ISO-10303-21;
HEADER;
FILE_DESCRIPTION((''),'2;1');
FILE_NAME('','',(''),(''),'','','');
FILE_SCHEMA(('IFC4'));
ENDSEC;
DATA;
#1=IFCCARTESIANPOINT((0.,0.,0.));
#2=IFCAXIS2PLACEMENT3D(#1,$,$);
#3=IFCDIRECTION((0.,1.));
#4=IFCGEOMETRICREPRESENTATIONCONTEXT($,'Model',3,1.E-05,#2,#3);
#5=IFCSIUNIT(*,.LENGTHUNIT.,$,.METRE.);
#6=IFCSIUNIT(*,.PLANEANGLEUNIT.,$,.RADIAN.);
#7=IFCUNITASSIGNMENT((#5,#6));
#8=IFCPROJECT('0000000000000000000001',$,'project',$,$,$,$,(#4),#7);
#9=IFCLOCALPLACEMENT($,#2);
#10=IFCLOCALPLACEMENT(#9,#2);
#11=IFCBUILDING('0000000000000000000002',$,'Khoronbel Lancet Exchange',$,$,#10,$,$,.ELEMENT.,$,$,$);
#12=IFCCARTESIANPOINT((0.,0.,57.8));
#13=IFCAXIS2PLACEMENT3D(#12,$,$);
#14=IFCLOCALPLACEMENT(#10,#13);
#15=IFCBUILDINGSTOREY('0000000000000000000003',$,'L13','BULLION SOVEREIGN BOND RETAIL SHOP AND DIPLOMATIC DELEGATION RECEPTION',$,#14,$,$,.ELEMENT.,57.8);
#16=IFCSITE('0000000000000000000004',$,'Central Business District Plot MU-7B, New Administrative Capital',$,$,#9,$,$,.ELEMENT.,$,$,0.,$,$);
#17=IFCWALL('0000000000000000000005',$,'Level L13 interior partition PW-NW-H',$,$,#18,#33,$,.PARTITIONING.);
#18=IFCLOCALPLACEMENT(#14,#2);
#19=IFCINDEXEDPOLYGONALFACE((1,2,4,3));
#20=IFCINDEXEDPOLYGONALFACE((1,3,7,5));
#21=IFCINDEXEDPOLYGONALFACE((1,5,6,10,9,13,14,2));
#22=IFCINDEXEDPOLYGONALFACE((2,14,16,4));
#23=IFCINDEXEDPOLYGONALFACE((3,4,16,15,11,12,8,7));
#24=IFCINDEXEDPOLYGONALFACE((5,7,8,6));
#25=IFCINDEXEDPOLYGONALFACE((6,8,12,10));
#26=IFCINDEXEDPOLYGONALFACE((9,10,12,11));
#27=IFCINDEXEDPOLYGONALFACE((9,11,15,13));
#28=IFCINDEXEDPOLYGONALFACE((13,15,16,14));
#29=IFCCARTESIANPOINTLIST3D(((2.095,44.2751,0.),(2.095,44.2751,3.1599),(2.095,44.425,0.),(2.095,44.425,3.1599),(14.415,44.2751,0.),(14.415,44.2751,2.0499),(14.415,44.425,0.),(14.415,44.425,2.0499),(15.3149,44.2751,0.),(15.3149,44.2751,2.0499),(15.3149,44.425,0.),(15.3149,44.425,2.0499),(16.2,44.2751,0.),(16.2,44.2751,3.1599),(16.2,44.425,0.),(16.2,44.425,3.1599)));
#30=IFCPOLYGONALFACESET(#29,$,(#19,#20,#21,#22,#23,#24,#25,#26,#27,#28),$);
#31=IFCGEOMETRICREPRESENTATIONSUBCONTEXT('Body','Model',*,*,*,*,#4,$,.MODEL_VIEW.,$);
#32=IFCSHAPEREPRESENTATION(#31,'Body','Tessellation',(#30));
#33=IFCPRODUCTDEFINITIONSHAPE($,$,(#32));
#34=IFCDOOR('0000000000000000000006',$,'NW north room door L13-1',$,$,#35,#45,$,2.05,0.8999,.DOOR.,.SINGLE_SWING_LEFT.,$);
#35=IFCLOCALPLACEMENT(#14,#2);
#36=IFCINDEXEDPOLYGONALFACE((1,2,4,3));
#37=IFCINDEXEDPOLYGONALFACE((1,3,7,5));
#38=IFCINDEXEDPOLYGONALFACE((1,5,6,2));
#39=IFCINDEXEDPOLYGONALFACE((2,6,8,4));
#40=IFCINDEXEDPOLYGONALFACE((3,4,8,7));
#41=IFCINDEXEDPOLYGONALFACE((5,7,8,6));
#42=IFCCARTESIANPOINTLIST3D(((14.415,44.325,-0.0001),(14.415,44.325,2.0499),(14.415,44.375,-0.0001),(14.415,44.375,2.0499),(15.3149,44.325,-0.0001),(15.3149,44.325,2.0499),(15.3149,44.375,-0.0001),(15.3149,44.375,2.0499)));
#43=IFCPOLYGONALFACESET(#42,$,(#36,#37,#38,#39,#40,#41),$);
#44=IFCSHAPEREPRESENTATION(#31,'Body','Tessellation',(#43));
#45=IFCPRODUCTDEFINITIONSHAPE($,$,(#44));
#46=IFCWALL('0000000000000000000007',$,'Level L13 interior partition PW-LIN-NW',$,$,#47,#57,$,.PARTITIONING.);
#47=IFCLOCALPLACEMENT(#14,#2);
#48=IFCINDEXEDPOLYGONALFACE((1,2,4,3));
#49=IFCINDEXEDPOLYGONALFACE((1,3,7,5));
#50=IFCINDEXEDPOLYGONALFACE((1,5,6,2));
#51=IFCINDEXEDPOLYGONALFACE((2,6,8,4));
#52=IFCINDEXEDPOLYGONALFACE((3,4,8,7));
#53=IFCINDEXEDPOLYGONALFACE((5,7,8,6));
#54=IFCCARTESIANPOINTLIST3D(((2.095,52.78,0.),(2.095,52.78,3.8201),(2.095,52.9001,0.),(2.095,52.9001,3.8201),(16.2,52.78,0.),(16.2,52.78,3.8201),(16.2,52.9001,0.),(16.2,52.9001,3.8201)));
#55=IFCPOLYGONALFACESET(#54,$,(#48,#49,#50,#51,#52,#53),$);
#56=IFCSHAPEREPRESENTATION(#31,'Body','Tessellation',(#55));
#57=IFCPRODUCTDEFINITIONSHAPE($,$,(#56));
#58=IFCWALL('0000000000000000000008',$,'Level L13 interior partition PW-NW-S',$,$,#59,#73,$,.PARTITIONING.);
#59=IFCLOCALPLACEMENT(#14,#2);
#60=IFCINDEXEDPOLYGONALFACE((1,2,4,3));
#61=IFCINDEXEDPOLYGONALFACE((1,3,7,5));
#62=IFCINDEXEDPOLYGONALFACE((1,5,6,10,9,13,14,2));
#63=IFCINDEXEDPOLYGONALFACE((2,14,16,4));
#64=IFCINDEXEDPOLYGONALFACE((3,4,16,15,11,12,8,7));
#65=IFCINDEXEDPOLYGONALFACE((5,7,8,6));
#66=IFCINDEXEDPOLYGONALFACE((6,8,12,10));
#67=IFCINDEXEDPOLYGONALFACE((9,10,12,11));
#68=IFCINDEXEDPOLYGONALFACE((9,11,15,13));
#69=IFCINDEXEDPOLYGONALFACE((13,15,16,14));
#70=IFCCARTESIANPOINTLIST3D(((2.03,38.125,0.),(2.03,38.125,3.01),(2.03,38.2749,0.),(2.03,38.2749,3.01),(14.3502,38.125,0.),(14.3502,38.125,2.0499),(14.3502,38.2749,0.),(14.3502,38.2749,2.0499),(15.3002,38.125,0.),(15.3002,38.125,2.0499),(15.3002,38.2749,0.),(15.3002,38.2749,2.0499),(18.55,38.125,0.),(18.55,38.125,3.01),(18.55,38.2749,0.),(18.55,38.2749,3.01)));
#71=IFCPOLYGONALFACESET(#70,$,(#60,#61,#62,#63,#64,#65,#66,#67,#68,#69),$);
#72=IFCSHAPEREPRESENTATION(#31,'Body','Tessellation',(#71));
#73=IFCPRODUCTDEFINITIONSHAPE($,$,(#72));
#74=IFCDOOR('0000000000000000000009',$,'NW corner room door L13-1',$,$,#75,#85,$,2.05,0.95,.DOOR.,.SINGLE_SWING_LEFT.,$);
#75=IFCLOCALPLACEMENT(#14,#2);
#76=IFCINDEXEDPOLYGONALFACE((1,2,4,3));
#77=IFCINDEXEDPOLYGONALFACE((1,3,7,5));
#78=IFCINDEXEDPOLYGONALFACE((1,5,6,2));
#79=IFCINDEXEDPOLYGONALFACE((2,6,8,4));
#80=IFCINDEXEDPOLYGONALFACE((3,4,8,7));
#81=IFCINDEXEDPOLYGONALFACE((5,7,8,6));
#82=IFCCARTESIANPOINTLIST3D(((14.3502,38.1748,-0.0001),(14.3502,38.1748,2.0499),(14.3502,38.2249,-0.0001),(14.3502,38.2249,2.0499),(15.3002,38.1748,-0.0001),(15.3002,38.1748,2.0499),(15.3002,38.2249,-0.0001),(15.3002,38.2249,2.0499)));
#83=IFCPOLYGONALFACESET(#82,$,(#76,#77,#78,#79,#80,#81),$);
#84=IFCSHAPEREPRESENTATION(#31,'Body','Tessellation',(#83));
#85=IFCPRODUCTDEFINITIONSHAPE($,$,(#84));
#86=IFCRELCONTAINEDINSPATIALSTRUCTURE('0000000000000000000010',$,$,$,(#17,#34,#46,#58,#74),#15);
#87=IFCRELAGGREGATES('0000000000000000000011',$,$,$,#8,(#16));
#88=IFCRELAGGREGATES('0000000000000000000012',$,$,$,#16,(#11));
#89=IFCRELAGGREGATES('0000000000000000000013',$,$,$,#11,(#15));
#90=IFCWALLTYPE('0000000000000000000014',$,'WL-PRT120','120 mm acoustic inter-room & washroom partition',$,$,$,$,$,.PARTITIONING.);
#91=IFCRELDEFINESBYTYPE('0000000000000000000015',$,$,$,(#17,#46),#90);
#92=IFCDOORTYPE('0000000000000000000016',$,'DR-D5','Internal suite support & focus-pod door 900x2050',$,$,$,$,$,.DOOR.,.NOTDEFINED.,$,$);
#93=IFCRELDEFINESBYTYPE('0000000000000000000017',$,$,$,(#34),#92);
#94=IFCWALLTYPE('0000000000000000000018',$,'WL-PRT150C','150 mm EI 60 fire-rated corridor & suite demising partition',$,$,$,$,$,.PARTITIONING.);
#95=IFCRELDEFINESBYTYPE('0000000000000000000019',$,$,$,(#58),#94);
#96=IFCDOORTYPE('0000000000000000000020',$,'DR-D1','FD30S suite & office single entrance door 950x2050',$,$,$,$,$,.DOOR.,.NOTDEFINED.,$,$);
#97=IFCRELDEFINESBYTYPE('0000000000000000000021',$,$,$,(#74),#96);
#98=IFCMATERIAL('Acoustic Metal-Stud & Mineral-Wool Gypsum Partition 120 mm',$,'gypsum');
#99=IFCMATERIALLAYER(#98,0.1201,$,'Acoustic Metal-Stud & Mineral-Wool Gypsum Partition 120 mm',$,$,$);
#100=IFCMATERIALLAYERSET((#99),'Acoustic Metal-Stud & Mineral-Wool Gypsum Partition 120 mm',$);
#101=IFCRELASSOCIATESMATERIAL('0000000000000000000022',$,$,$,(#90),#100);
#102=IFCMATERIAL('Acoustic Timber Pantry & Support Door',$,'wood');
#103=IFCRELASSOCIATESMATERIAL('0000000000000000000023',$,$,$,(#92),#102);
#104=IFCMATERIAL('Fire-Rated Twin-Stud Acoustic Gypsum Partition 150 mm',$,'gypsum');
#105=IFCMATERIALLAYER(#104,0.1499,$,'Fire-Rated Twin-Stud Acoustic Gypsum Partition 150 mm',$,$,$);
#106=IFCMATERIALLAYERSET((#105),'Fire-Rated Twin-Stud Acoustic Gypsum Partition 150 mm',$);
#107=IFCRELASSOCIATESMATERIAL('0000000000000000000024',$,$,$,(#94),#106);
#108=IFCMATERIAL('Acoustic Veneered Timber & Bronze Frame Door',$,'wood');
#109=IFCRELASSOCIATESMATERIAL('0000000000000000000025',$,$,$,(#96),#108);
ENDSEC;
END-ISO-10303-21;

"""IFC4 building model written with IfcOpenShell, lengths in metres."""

from ifc_helpers import new_model, si_unit, direction, frame, frame_2d, origin, place, context, subcontext, project, spatial, rectangle, extrude, material, layer, layer_set, type_object, element, fill, save


model = new_model("IFC4")

# Units and contexts
model_context = context("Model", 3, precision=1e-05, world=origin(), true_north=direction((0.0, 1.0)))
body_context = subcontext(model_context, "Body", "Model", "MODEL_VIEW")
ifc_project = project(units=[si_unit("LENGTHUNIT", "METRE"), si_unit("PLANEANGLEUNIT", "RADIAN")], contexts=[model_context])

# Site, building, storey
site_placement = place(None, origin())
site = spatial("IfcSite", under=ifc_project, at=site_placement, Name="Central Business District Plot MU-7B, New Administrative Capital", CompositionType="ELEMENT", RefElevation=0.0)
building_placement = place(site_placement, origin())
building = spatial("IfcBuilding", under=site, at=building_placement, Name="Khoronbel Lancet Exchange", CompositionType="ELEMENT")
storey_placement = place(building_placement, frame((0.0, 0.0, 57.8)))
storey = spatial("IfcBuildingStorey", under=building, at=storey_placement, Name="L13", Description="BULLION SOVEREIGN BOND RETAIL SHOP AND DIPLOMATIC DELEGATION RECEPTION", CompositionType="ELEMENT", Elevation=57.8)

# Wall, opening, door
ifc_material_1 = material(Name="Acoustic Metal-Stud & Mineral-Wool Gypsum Partition 120 mm", Category="gypsum")
ifc_layer_1 = layer(ifc_material_1, 0.1201, Name="Acoustic Metal-Stud & Mineral-Wool Gypsum Partition 120 mm")
ifc_layer_set_1 = layer_set([ifc_layer_1], Name="Acoustic Metal-Stud & Mineral-Wool Gypsum Partition 120 mm")
wall_type_1 = type_object("IfcWallType", Name="WL-PRT120", Description="120 mm acoustic inter-room & washroom partition", PredefinedType="PARTITIONING", material=ifc_layer_set_1)
wall_1_placement = place(storey_placement, frame((2.095, 44.3501, 0.0), z_axis=(0.0, 0.0, 1.0), x_axis=(1.0, 0.0, 0.0)))
wall_1 = element("IfcWall", 1, at=wall_1_placement, inside=storey, type_object=wall_type_1, Name="Level L13 interior partition PW-NW-H", PredefinedType="PARTITIONING", context=body_context, shape_type="SweptSolid", body=[
    extrude(rectangle(XDim=14.105, YDim=0.1499, at=frame_2d((7.0525, 0.0))), origin(), (0.0, 0.0, 1.0), 3.1599),
])
opening_1_placement = place(wall_1_placement, frame((12.3201, 0.0, 0.0)))
opening_1 = element("IfcOpeningElement", 2, at=opening_1_placement, cuts=wall_1, PredefinedType="OPENING", context=body_context, shape_type="SweptSolid", body=[
    extrude(rectangle(XDim=0.8999, YDim=2.05, at=frame_2d((0.45, 1.0249))), frame((0.0, 0.085, 0.0), z_axis=(0.0, -1.0, 0.0), x_axis=(1.0, 0.0, 0.0)), (0.0, 0.0, 1.0), 0.1699),
])
ifc_material_2 = material(Name="Acoustic Timber Pantry & Support Door", Category="wood")
door_type_1 = type_object("IfcDoorType", Name="DR-D5", Description="Internal suite support & focus-pod door 900x2050", OperationType="NOTDEFINED", PredefinedType="DOOR", material=ifc_material_2)
door_1_placement = place(opening_1_placement, origin())
door_1 = element("IfcDoor", 3, at=door_1_placement, inside=storey, type_object=door_type_1, Name="NW north room door L13-1", OperationType="SINGLE_SWING_LEFT", OverallHeight=2.05, OverallWidth=0.8999, PredefinedType="DOOR", context=body_context, shape_type="SweptSolid", body=[
    extrude(rectangle(XDim=0.8999, YDim=2.05, at=frame_2d((0.45, 1.0249))), frame((0.0, 0.0249, 0.0), z_axis=(0.0, -1.0, 0.0), x_axis=(1.0, 0.0, 0.0)), (0.0, 0.0, 1.0), 0.05),
])
fill(opening_1, door_1)

# Wall
wall_2_placement = place(storey_placement, frame((2.095, 52.8401, 0.0), z_axis=(0.0, 0.0, 1.0), x_axis=(1.0, 0.0, 0.0)))
element("IfcWall", 4, at=wall_2_placement, inside=storey, type_object=wall_type_1, Name="Level L13 interior partition PW-LIN-NW", PredefinedType="PARTITIONING", context=body_context, shape_type="SweptSolid", body=[
    extrude(rectangle(XDim=14.105, YDim=0.1201, at=frame_2d((7.0525, 0.0))), origin(), (0.0, 0.0, 1.0), 3.8201),
])

# Wall, opening, door
ifc_material_3 = material(Name="Fire-Rated Twin-Stud Acoustic Gypsum Partition 150 mm", Category="gypsum")
ifc_layer_2 = layer(ifc_material_3, 0.1499, Name="Fire-Rated Twin-Stud Acoustic Gypsum Partition 150 mm")
ifc_layer_set_2 = layer_set([ifc_layer_2], Name="Fire-Rated Twin-Stud Acoustic Gypsum Partition 150 mm")
wall_type_2 = type_object("IfcWallType", Name="WL-PRT150C", Description="150 mm EI 60 fire-rated corridor & suite demising partition", PredefinedType="PARTITIONING", material=ifc_layer_set_2)
wall_3_placement = place(storey_placement, frame((2.03, 38.2, 0.0), z_axis=(0.0, 0.0, 1.0), x_axis=(1.0, 0.0, 0.0)))
wall_3 = element("IfcWall", 5, at=wall_3_placement, inside=storey, type_object=wall_type_2, Name="Level L13 interior partition PW-NW-S", PredefinedType="PARTITIONING", context=body_context, shape_type="SweptSolid", body=[
    extrude(rectangle(XDim=16.52, YDim=0.1499, at=frame_2d((8.26, 0.0))), origin(), (0.0, 0.0, 1.0), 3.01),
])
opening_2_placement = place(wall_3_placement, frame((12.3201, 0.0, 0.0)))
opening_2 = element("IfcOpeningElement", 6, at=opening_2_placement, cuts=wall_3, PredefinedType="OPENING", context=body_context, shape_type="SweptSolid", body=[
    extrude(rectangle(XDim=0.95, YDim=2.05, at=frame_2d((0.4751, 1.0249))), frame((0.0, 0.085, 0.0), z_axis=(0.0, -1.0, 0.0), x_axis=(1.0, 0.0, 0.0)), (0.0, 0.0, 1.0), 0.1699),
])
ifc_material_4 = material(Name="Acoustic Veneered Timber & Bronze Frame Door", Category="wood")
door_type_2 = type_object("IfcDoorType", Name="DR-D1", Description="FD30S suite & office single entrance door 950x2050", OperationType="NOTDEFINED", PredefinedType="DOOR", material=ifc_material_4)
door_2_placement = place(opening_2_placement, origin())
door_2 = element("IfcDoor", 7, at=door_2_placement, inside=storey, type_object=door_type_2, Name="NW corner room door L13-1", OperationType="SINGLE_SWING_LEFT", OverallHeight=2.05, OverallWidth=0.95, PredefinedType="DOOR", context=body_context, shape_type="SweptSolid", body=[
    extrude(rectangle(XDim=0.95, YDim=2.05, at=frame_2d((0.4751, 1.0249))), frame((0.0, 0.0249, 0.0), z_axis=(0.0, -1.0, 0.0), x_axis=(1.0, 0.0, 0.0)), (0.0, 0.0, 1.0), 0.05),
])
fill(opening_2, door_2)

save(model, "model.ifc")
